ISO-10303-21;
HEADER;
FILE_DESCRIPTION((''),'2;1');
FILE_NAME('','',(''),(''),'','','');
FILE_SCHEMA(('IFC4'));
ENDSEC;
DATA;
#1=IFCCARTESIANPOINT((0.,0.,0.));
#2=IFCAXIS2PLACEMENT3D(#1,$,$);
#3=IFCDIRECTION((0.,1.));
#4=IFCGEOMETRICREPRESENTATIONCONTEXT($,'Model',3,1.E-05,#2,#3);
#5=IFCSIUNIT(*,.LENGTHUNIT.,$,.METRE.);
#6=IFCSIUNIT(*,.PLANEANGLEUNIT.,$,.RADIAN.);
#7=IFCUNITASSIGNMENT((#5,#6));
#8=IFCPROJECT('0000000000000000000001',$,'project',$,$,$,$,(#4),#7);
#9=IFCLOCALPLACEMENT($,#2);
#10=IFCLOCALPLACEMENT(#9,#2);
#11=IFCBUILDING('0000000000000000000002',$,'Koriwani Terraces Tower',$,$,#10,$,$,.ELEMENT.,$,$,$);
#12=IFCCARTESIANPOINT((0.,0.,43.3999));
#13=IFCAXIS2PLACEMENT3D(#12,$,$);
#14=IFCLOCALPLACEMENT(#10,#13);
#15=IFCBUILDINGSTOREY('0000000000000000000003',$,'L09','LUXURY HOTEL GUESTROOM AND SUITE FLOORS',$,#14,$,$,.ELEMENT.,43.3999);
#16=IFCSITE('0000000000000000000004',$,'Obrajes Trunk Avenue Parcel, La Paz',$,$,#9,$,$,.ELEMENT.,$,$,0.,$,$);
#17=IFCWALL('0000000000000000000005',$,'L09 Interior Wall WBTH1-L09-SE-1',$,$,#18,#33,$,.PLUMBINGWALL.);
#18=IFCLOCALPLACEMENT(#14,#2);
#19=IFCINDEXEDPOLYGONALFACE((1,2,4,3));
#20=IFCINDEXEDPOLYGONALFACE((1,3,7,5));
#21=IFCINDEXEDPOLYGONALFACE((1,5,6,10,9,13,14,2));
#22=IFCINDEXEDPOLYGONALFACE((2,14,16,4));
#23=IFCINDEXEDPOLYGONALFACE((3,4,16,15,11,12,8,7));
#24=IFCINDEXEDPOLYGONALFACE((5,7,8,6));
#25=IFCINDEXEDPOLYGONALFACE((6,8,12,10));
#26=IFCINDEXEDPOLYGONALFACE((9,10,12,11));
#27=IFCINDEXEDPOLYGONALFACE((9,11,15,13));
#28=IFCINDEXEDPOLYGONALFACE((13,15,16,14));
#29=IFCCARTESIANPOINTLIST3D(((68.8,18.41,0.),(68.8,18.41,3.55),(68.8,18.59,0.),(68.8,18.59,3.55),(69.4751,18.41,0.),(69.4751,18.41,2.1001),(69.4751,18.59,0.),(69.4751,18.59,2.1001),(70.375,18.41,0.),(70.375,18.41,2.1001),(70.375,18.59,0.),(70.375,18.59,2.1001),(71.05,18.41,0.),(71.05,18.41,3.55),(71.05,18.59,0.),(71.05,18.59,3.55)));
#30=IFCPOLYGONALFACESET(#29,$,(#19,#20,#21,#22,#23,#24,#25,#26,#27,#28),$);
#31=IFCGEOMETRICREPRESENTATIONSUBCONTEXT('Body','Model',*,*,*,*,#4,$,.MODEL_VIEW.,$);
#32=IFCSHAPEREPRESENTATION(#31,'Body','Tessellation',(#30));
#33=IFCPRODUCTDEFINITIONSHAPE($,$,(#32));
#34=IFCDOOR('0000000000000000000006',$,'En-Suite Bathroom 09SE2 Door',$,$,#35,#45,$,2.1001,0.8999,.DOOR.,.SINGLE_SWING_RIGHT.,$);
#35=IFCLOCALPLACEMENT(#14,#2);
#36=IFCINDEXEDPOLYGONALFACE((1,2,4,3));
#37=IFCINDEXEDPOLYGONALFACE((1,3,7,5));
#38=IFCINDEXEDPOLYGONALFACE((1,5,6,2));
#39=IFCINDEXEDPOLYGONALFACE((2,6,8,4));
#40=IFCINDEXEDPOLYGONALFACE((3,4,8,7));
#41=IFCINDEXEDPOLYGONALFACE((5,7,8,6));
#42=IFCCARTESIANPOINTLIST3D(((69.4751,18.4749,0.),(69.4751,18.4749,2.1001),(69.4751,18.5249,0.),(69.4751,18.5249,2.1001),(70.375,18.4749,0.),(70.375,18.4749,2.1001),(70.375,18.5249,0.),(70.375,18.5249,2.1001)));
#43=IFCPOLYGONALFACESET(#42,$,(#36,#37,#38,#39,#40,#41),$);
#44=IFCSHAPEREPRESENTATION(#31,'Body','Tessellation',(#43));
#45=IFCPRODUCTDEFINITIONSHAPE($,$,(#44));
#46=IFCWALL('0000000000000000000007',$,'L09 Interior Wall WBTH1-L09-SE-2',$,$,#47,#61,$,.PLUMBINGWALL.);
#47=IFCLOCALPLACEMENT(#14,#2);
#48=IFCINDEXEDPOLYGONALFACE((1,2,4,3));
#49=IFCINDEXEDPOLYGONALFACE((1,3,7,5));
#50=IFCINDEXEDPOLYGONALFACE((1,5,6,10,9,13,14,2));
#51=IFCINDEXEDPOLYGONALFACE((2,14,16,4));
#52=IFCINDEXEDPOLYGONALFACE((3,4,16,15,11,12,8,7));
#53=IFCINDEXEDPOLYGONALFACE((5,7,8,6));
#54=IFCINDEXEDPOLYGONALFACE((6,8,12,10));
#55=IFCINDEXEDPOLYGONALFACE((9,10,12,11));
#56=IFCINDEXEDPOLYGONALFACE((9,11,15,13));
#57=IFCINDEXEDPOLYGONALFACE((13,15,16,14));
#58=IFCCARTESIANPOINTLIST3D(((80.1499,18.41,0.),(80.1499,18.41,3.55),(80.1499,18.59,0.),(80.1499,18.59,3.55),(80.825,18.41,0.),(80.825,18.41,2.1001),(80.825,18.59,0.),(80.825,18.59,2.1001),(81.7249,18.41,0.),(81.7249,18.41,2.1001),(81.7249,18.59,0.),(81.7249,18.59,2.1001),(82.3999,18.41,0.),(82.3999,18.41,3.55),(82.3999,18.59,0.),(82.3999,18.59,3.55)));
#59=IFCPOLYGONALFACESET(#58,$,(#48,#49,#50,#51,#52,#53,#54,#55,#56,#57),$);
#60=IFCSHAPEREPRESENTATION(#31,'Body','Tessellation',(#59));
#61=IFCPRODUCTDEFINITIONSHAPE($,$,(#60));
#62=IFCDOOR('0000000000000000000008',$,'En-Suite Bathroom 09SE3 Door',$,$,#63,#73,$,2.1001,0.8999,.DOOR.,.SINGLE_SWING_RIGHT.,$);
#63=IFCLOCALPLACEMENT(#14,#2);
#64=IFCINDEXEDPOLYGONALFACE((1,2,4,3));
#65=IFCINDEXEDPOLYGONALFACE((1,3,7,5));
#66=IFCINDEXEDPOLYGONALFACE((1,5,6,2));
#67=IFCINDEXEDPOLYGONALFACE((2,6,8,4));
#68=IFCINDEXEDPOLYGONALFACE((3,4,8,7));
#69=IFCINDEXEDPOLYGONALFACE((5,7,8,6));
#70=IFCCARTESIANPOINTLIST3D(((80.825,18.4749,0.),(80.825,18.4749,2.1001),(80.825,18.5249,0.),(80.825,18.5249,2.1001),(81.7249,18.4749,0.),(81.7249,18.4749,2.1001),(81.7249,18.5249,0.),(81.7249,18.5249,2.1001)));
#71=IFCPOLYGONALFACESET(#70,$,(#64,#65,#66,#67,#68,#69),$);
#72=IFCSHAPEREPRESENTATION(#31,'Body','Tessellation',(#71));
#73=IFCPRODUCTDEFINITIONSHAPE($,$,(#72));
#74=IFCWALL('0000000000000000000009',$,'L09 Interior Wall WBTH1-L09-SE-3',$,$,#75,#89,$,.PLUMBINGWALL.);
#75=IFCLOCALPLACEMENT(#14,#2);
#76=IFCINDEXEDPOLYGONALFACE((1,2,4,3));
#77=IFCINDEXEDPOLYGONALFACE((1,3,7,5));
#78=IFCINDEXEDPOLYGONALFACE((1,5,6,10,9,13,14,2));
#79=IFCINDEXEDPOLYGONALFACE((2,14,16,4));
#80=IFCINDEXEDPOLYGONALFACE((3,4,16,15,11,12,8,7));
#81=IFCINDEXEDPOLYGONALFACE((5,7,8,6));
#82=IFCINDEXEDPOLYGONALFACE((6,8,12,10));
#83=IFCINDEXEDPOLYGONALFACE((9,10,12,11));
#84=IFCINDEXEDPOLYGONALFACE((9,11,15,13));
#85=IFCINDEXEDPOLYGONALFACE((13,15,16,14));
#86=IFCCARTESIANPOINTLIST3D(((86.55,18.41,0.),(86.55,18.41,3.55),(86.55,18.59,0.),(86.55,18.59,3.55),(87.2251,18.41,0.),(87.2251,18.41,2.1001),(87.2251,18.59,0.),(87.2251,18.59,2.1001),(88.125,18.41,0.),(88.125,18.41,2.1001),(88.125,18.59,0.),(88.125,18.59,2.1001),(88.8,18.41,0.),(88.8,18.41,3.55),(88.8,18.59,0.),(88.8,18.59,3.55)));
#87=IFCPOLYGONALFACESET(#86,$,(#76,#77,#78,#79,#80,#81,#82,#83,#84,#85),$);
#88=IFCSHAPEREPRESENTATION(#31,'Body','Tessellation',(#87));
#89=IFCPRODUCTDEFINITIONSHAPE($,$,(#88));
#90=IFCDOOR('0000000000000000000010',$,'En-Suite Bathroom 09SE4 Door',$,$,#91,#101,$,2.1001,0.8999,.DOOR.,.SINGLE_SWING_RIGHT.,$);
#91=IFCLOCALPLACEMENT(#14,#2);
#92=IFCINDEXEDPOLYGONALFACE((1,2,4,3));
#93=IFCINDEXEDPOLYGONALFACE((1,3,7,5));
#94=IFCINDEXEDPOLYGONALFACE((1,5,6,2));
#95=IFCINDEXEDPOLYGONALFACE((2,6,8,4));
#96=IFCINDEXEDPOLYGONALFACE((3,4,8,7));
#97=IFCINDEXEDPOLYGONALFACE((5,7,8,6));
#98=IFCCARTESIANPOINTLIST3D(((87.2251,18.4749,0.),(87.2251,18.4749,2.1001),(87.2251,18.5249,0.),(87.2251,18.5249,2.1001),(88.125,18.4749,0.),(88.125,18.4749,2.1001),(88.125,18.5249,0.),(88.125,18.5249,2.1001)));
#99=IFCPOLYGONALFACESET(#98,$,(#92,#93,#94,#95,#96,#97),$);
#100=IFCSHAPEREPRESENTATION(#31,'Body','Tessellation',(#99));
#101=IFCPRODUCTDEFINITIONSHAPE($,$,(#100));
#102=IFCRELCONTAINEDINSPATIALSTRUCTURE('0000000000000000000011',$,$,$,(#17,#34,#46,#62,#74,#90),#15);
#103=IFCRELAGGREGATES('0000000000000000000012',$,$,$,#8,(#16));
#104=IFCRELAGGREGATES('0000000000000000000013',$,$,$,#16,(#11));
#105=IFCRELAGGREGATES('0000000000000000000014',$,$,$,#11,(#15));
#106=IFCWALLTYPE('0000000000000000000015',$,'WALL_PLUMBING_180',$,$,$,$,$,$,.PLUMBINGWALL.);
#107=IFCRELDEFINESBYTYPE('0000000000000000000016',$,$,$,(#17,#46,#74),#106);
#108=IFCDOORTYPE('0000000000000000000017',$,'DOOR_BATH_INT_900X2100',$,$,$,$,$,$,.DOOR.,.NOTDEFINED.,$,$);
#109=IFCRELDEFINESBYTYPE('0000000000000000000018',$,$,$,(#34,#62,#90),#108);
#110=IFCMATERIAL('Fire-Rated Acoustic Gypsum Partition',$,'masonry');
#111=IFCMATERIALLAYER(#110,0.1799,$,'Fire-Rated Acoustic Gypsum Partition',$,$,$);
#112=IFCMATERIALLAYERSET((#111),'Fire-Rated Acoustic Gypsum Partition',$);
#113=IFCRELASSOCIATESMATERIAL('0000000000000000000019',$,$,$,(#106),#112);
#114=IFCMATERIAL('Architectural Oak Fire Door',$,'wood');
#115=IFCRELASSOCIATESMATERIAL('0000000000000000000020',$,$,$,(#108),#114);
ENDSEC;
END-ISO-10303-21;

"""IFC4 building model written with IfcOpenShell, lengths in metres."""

from ifc_helpers import new_model, si_unit, direction, frame, frame_2d, origin, place, context, subcontext, project, spatial, rectangle, extrude, material, layer, layer_set, type_object, element, fill, save


model = new_model("IFC4")

# Units and contexts
model_context = context("Model", 3, precision=1e-05, world=origin(), true_north=direction((0.0, 1.0)))
body_context = subcontext(model_context, "Body", "Model", "MODEL_VIEW")
ifc_project = project(units=[si_unit("LENGTHUNIT", "METRE"), si_unit("PLANEANGLEUNIT", "RADIAN")], contexts=[model_context])

# Site, building, storey
site_placement = place(None, origin())
site = spatial("IfcSite", under=ifc_project, at=site_placement, Name="Obrajes Trunk Avenue Parcel, La Paz", CompositionType="ELEMENT", RefElevation=0.0)
building_placement = place(site_placement, origin())
building = spatial("IfcBuilding", under=site, at=building_placement, Name="Koriwani Terraces Tower", CompositionType="ELEMENT")
storey_placement = place(building_placement, frame((0.0, 0.0, 43.3999)))
storey = spatial("IfcBuildingStorey", under=building, at=storey_placement, Name="L09", Description="LUXURY HOTEL GUESTROOM AND SUITE FLOORS", CompositionType="ELEMENT", Elevation=43.3999)

# Walls, openings, doors
ifc_material_1 = material(Name="Fire-Rated Acoustic Gypsum Partition", Category="masonry")
ifc_layer_1 = layer(ifc_material_1, 0.1799, Name="Fire-Rated Acoustic Gypsum Partition")
ifc_layer_set_1 = layer_set([ifc_layer_1], Name="Fire-Rated Acoustic Gypsum Partition")
wall_type_1 = type_object("IfcWallType", Name="WALL_PLUMBING_180", PredefinedType="PLUMBINGWALL", material=ifc_layer_set_1)
ifc_material_2 = material(Name="Architectural Oak Fire Door", Category="wood")
door_type = type_object("IfcDoorType", Name="DOOR_BATH_INT_900X2100", OperationType="NOTDEFINED", PredefinedType="DOOR", material=ifc_material_2)
wall_1_placement = place(storey_placement, frame((68.8, 18.5, 0.0), z_axis=(0.0, 0.0, 1.0), x_axis=(1.0, 0.0, 0.0)))
wall_1 = element("IfcWall", 1, at=wall_1_placement, inside=storey, type_object=wall_type_1, Name="L09 Interior Wall WBTH1-L09-SE-1", PredefinedType="PLUMBINGWALL", context=body_context, shape_type="SweptSolid", body=[
    extrude(rectangle(XDim=2.25, YDim=0.1799, at=frame_2d((1.125, 0.0))), origin(), (0.0, 0.0, 1.0), 3.55),
])
opening_1_placement = place(wall_1_placement, frame((0.675, 0.0, 0.0)))
opening_1 = element("IfcOpeningElement", 2, at=opening_1_placement, cuts=wall_1, PredefinedType="OPENING", context=body_context, shape_type="SweptSolid", body=[
    extrude(rectangle(XDim=0.8999, YDim=2.1001, at=frame_2d((0.45, 1.05))), frame((0.0, 0.1001, 0.0), z_axis=(0.0, -1.0, 0.0), x_axis=(1.0, 0.0, 0.0)), (0.0, 0.0, 1.0), 0.2),
])
door_1_placement = place(opening_1_placement, origin())
door_1 = element("IfcDoor", 3, at=door_1_placement, inside=storey, type_object=door_type, Name="En-Suite Bathroom 09SE2 Door", OperationType="SINGLE_SWING_RIGHT", OverallHeight=2.1001, OverallWidth=0.8999, PredefinedType="DOOR", context=body_context, shape_type="SweptSolid", body=[
    extrude(rectangle(XDim=0.8999, YDim=2.1001, at=frame_2d((0.45, 1.05))), frame((0.0, 0.0249, 0.0), z_axis=(0.0, -1.0, 0.0), x_axis=(1.0, 0.0, 0.0)), (0.0, 0.0, 1.0), 0.05),
])
fill(opening_1, door_1)
wall_2_placement = place(storey_placement, frame((80.1499, 18.5, 0.0), z_axis=(0.0, 0.0, 1.0), x_axis=(1.0, 0.0, 0.0)))
wall_2 = element("IfcWall", 4, at=wall_2_placement, inside=storey, type_object=wall_type_1, Name="L09 Interior Wall WBTH1-L09-SE-2", PredefinedType="PLUMBINGWALL", context=body_context, shape_type="SweptSolid", body=[
    extrude(rectangle(XDim=2.25, YDim=0.1799, at=frame_2d((1.125, 0.0))), origin(), (0.0, 0.0, 1.0), 3.55),
])
opening_2_placement = place(wall_2_placement, frame((0.675, 0.0, 0.0)))
opening_2 = element("IfcOpeningElement", 5, at=opening_2_placement, cuts=wall_2, PredefinedType="OPENING", context=body_context, shape_type="SweptSolid", body=[
    extrude(rectangle(XDim=0.8999, YDim=2.1001, at=frame_2d((0.45, 1.05))), frame((0.0, 0.1001, 0.0), z_axis=(0.0, -1.0, 0.0), x_axis=(1.0, 0.0, 0.0)), (0.0, 0.0, 1.0), 0.2),
])
door_2_placement = place(opening_2_placement, origin())
door_2 = element("IfcDoor", 6, at=door_2_placement, inside=storey, type_object=door_type, Name="En-Suite Bathroom 09SE3 Door", OperationType="SINGLE_SWING_RIGHT", OverallHeight=2.1001, OverallWidth=0.8999, PredefinedType="DOOR", context=body_context, shape_type="SweptSolid", body=[
    extrude(rectangle(XDim=0.8999, YDim=2.1001, at=frame_2d((0.45, 1.05))), frame((0.0, 0.0249, 0.0), z_axis=(0.0, -1.0, 0.0), x_axis=(1.0, 0.0, 0.0)), (0.0, 0.0, 1.0), 0.05),
])
fill(opening_2, door_2)
wall_3_placement = place(storey_placement, frame((86.55, 18.5, 0.0), z_axis=(0.0, 0.0, 1.0), x_axis=(1.0, 0.0, 0.0)))
wall_3 = element("IfcWall", 7, at=wall_3_placement, inside=storey, type_object=wall_type_1, Name="L09 Interior Wall WBTH1-L09-SE-3", PredefinedType="PLUMBINGWALL", context=body_context, shape_type="SweptSolid", body=[
    extrude(rectangle(XDim=2.25, YDim=0.1799, at=frame_2d((1.125, 0.0))), origin(), (0.0, 0.0, 1.0), 3.55),
])
opening_3_placement = place(wall_3_placement, frame((0.675, 0.0, 0.0)))
opening_3 = element("IfcOpeningElement", 8, at=opening_3_placement, cuts=wall_3, PredefinedType="OPENING", context=body_context, shape_type="SweptSolid", body=[
    extrude(rectangle(XDim=0.8999, YDim=2.1001, at=frame_2d((0.45, 1.05))), frame((0.0, 0.1001, 0.0), z_axis=(0.0, -1.0, 0.0), x_axis=(1.0, 0.0, 0.0)), (0.0, 0.0, 1.0), 0.2),
])
door_3_placement = place(opening_3_placement, origin())
door_3 = element("IfcDoor", 9, at=door_3_placement, inside=storey, type_object=door_type, Name="En-Suite Bathroom 09SE4 Door", OperationType="SINGLE_SWING_RIGHT", OverallHeight=2.1001, OverallWidth=0.8999, PredefinedType="DOOR", context=body_context, shape_type="SweptSolid", body=[
    extrude(rectangle(XDim=0.8999, YDim=2.1001, at=frame_2d((0.45, 1.05))), frame((0.0, 0.0249, 0.0), z_axis=(0.0, -1.0, 0.0), x_axis=(1.0, 0.0, 0.0)), (0.0, 0.0, 1.0), 0.05),
])
fill(opening_3, door_3)

save(model, "model.ifc")
